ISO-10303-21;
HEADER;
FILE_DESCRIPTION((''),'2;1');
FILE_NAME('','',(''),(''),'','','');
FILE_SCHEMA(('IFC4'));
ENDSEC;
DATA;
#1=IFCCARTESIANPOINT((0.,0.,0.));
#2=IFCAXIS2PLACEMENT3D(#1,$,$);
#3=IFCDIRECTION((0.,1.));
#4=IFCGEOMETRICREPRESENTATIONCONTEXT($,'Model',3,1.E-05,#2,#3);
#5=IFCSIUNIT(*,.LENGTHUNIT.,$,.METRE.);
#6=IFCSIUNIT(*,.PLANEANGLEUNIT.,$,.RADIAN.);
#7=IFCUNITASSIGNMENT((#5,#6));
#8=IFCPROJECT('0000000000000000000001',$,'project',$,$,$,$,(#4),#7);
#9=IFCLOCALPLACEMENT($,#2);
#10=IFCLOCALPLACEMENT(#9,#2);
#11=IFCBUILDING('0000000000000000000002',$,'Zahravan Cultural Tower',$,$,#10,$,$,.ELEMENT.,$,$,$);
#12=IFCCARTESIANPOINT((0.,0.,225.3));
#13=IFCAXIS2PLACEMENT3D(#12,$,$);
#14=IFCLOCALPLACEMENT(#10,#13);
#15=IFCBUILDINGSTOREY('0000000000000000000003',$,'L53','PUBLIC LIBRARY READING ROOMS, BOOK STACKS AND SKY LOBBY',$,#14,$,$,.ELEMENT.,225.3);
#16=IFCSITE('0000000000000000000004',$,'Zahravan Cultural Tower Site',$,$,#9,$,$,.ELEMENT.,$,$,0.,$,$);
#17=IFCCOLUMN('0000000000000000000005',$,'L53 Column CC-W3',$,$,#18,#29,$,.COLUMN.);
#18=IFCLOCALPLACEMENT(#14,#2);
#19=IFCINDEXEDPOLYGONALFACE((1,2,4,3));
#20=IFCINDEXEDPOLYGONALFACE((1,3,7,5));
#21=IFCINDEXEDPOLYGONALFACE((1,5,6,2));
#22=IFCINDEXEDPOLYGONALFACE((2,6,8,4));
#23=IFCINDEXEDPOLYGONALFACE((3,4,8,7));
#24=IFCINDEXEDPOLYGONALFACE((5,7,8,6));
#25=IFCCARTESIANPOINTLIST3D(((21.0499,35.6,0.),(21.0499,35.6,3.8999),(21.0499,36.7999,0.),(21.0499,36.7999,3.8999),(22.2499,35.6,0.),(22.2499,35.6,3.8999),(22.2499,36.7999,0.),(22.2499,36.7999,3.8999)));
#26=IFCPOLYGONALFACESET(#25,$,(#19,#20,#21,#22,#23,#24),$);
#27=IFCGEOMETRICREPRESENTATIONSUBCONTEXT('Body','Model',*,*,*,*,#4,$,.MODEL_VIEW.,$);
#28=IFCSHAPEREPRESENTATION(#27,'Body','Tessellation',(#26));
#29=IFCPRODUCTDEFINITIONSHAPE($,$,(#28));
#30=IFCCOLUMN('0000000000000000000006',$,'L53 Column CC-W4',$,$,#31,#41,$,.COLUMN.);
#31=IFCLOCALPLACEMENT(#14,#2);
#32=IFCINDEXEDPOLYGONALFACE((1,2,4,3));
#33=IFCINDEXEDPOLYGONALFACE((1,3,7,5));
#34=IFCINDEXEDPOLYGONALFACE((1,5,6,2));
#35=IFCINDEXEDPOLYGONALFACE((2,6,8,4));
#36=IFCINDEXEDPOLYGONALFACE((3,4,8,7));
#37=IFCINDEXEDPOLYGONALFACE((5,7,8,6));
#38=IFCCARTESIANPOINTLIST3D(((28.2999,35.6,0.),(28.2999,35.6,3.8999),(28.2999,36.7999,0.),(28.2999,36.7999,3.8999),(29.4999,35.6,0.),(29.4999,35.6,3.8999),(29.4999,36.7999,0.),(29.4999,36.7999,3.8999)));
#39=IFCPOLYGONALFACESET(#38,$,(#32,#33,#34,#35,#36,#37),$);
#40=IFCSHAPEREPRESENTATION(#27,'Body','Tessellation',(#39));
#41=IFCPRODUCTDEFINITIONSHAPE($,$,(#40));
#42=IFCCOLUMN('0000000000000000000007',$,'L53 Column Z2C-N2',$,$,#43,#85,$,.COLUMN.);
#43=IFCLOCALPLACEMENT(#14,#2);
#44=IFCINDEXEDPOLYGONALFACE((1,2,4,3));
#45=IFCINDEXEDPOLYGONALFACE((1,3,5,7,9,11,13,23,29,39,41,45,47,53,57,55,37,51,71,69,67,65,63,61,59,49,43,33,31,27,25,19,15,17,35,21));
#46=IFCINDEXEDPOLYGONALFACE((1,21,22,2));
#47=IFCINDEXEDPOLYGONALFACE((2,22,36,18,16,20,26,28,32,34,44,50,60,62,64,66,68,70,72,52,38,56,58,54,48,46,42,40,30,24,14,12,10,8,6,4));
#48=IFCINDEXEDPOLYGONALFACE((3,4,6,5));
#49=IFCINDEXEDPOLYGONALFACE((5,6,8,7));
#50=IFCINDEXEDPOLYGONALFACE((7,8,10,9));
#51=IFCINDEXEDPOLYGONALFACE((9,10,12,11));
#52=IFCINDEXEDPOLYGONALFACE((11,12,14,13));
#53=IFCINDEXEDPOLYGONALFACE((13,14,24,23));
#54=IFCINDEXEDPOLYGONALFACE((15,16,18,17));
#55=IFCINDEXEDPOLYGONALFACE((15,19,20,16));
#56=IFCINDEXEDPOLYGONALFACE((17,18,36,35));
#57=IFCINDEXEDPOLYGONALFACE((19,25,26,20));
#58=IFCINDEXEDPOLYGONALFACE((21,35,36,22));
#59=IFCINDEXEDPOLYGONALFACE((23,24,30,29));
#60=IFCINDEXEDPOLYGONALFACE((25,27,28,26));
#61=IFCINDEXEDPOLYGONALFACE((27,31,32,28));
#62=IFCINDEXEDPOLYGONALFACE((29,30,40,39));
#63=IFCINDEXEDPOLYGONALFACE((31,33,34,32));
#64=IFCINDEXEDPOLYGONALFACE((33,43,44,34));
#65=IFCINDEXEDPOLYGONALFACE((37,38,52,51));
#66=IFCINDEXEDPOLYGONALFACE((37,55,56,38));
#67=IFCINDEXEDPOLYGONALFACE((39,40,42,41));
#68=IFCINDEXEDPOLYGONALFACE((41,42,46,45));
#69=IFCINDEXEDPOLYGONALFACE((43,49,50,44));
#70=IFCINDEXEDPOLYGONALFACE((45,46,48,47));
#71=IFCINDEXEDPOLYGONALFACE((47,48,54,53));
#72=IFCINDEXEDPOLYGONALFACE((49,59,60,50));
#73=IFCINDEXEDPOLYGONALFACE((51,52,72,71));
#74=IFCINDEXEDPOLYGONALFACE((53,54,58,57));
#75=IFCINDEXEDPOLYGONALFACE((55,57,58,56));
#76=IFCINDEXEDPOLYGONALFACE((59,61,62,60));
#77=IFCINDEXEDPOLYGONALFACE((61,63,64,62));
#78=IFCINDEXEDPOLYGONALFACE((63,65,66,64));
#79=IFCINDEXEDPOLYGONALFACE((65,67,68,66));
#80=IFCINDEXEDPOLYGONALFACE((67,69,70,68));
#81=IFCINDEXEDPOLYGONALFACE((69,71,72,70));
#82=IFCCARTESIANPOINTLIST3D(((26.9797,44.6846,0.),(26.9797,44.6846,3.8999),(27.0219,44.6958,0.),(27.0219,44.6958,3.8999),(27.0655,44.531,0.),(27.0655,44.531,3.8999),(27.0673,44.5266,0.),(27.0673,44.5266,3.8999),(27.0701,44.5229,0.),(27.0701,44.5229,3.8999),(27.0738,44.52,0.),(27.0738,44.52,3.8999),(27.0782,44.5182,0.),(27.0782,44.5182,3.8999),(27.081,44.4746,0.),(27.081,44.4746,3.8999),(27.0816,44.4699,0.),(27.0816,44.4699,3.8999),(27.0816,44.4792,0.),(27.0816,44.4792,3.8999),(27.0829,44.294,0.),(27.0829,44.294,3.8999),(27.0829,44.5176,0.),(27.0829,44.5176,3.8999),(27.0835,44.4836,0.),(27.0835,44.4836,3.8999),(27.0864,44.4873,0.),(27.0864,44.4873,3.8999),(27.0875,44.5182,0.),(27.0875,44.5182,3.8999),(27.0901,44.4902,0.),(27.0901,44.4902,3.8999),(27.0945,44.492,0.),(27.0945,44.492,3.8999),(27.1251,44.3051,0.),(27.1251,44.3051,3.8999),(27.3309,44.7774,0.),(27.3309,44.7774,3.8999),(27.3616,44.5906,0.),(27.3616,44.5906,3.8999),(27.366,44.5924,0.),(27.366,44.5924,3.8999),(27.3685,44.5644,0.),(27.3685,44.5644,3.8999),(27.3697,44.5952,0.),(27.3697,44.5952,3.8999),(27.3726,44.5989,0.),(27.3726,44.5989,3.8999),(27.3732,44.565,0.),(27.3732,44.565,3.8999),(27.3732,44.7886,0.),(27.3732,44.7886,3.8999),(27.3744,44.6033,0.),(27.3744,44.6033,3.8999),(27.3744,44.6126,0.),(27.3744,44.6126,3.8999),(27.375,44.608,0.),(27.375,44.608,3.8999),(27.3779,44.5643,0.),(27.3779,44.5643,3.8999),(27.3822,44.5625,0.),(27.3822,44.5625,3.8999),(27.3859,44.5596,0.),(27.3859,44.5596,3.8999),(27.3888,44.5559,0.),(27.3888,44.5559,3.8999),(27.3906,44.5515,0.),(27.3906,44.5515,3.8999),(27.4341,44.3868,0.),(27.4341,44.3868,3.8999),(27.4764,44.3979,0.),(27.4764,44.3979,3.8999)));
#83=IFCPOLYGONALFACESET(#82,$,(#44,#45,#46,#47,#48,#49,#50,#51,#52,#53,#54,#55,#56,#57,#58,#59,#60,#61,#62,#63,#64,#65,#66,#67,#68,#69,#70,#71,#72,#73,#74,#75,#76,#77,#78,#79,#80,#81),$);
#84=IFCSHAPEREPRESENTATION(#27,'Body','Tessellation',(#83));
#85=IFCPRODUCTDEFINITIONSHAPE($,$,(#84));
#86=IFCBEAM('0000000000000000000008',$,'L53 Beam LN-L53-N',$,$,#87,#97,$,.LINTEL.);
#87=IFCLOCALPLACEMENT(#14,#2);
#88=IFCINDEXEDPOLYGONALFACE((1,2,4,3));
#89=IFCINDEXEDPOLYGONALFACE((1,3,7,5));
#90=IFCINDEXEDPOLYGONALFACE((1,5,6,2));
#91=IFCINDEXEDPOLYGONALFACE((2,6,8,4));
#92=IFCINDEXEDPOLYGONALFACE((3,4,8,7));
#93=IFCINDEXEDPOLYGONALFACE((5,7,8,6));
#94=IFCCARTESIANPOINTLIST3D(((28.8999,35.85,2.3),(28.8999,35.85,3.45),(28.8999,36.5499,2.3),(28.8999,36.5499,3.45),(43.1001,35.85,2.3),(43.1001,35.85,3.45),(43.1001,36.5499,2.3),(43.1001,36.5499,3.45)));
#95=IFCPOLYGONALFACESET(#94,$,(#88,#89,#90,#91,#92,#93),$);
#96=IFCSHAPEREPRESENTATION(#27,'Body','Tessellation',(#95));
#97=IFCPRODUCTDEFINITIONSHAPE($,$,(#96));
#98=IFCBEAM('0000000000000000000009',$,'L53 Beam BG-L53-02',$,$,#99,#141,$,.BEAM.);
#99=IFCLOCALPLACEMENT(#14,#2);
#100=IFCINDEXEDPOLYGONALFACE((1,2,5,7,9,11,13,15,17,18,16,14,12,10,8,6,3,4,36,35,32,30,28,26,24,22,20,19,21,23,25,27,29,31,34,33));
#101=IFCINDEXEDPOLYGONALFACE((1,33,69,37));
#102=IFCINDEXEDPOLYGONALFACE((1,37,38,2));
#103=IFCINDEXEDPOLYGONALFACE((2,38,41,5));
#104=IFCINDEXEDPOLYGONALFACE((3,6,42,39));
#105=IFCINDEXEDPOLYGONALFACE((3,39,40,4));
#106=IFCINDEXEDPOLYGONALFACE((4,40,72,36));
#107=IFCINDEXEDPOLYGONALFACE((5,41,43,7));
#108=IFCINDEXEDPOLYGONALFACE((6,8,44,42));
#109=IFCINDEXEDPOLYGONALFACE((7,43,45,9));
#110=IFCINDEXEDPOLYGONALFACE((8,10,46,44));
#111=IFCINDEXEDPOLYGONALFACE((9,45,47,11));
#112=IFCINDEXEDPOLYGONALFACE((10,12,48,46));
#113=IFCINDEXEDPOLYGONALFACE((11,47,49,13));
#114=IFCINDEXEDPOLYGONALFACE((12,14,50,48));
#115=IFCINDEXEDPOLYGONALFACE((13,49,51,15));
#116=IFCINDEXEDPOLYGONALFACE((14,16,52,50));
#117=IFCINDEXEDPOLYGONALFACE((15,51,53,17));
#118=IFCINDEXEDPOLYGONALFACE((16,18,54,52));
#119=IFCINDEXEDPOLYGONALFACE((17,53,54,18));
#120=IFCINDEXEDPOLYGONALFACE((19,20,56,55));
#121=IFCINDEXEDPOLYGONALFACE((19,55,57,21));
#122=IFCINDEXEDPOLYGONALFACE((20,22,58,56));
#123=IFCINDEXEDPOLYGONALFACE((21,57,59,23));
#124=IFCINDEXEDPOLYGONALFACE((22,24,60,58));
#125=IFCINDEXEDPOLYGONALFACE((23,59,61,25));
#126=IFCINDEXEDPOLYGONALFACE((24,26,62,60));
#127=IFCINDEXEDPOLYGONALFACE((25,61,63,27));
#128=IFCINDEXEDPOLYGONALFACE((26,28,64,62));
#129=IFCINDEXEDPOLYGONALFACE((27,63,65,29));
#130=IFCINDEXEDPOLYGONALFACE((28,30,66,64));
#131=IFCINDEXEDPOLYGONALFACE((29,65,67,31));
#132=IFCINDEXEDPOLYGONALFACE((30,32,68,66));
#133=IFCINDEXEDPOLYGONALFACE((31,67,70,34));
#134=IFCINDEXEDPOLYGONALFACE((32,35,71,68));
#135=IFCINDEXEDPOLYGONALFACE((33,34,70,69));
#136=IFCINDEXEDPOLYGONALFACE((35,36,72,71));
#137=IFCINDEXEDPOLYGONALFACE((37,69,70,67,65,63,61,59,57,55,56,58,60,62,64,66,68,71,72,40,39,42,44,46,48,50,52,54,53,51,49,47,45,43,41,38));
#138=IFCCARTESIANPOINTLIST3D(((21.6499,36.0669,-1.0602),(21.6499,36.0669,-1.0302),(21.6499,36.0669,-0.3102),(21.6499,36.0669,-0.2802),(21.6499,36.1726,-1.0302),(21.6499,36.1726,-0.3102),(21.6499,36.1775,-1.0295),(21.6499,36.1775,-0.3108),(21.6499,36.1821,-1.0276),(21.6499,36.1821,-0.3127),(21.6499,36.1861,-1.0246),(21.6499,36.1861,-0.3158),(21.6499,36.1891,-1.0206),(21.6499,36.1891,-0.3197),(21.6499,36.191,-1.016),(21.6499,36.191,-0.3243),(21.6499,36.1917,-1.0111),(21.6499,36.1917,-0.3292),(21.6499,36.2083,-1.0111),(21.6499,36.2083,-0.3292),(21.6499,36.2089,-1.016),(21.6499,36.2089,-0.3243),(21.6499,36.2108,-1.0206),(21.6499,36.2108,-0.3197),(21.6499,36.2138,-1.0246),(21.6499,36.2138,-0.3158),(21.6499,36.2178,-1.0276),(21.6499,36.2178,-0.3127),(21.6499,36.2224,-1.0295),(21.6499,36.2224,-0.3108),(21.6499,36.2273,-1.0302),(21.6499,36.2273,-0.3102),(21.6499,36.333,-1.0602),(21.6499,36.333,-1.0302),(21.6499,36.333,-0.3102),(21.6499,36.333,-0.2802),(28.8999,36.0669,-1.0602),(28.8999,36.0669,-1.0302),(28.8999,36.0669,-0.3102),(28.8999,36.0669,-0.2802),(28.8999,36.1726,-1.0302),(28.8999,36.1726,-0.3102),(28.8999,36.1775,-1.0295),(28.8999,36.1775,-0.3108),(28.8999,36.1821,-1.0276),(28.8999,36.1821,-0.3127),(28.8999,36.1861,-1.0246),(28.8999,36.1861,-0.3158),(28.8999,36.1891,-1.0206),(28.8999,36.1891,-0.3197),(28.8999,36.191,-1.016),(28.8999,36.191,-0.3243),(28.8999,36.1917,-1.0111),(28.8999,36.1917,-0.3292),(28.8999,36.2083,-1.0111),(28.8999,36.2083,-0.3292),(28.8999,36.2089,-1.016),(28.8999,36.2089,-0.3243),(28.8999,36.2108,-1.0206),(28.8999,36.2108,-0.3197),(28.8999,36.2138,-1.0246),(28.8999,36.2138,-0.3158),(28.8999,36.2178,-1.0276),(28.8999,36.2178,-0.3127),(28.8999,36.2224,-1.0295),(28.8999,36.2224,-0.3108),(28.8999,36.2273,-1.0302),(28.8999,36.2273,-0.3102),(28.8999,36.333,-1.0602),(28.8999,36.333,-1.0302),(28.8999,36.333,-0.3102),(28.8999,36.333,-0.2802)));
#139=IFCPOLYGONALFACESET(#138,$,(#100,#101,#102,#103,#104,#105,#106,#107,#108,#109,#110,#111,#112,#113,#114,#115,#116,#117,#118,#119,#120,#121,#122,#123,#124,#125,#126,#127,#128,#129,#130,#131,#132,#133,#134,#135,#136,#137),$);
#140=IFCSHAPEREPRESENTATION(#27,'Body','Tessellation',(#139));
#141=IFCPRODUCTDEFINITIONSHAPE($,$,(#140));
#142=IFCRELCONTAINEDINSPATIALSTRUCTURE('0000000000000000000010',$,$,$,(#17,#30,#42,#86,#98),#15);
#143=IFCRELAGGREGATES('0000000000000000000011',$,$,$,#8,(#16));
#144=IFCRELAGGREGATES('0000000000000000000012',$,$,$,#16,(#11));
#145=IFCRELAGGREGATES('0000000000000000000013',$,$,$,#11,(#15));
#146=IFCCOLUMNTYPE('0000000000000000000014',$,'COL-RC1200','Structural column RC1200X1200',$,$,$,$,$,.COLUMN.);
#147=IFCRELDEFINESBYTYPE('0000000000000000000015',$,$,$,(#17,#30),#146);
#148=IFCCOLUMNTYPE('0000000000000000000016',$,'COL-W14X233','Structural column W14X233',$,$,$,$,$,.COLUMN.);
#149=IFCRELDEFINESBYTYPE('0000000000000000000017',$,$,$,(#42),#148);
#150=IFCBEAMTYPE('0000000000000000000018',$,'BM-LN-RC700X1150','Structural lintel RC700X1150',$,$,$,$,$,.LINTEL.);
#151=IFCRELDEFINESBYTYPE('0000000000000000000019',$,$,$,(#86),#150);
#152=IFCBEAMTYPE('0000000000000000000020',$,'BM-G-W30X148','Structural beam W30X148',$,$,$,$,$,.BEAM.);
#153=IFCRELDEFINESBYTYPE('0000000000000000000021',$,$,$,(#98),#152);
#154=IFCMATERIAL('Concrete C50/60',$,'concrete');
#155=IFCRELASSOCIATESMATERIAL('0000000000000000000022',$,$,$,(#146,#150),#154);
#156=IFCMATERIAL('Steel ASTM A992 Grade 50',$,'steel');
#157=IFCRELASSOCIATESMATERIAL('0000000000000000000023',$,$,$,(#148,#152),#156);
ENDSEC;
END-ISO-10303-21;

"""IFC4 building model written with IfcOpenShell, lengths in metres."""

from ifc_helpers import new_model, si_unit, direction, frame, origin, origin_2d, place, context, subcontext, project, spatial, rectangle, i_section, extrude, source, transform, mapped, material, material_profile, profile_set, type_object, element, save


model = new_model("IFC4")

# Units and contexts
model_context = context("Model", 3, precision=1e-05, world=origin(), true_north=direction((0.0, 1.0)))
body_context = subcontext(model_context, "Body", "Model", "MODEL_VIEW")
ifc_project = project(units=[si_unit("LENGTHUNIT", "METRE"), si_unit("PLANEANGLEUNIT", "RADIAN")], contexts=[model_context])

# Site, building, storey
site_placement = place(None, origin())
site = spatial("IfcSite", under=ifc_project, at=site_placement, Name="Zahravan Cultural Tower Site", CompositionType="ELEMENT", RefElevation=0.0)
building_placement = place(site_placement, origin())
building = spatial("IfcBuilding", under=site, at=building_placement, Name="Zahravan Cultural Tower", CompositionType="ELEMENT")
storey_placement = place(building_placement, frame((0.0, 0.0, 225.3)))
storey = spatial("IfcBuildingStorey", under=building, at=storey_placement, Name="L53", Description="PUBLIC LIBRARY READING ROOMS, BOOK STACKS AND SKY LOBBY", CompositionType="ELEMENT", Elevation=225.3)

# Columns
ifc_material_1 = material(Name="Concrete C50/60", Category="concrete")
ifc_material_profile_1 = material_profile(ifc_material_1, rectangle(XDim=1.2, YDim=1.2, at=origin_2d()), Name="RC1200X1200")
ifc_profile_set_1 = profile_set([ifc_material_profile_1], Name="Concrete C50/60")
column_type_1 = type_object("IfcColumnType", Name="COL-RC1200", Description="Structural column RC1200X1200", PredefinedType="COLUMN", material=ifc_profile_set_1)
shared_shape_1 = source(origin(), body_context, "Body", "SweptSolid", [
    extrude(rectangle(XDim=1.2, YDim=1.2, at=origin_2d()), origin(), (0.0, 0.0, 1.0), 3.8999),
])
for number, where, z_axis, x_axis, name in (
    (1, (21.6499, 36.2, 0.0), (0.0, 0.0, 1.0), (1.0, 0.0, 0.0), "L53 Column CC-W3"),
    (2, (28.8999, 36.2, 0.0), (0.0, 0.0, 1.0), (1.0, 0.0, 0.0), "L53 Column CC-W4"),
):
    element("IfcColumn", number, at=place(storey_placement, frame(where, z_axis=z_axis, x_axis=x_axis)), inside=storey, type_object=column_type_1, Name=name, PredefinedType="COLUMN", context=body_context, shape_type="MappedRepresentation", body=[
        mapped(shared_shape_1, transform((0.0, 0.0, 0.0), x_axis=(1.0, 0.0, 0.0), y_axis=(0.0, 1.0, 0.0), z_axis=(0.0, 0.0, 1.0), scale=1.0)),
    ])
ifc_material_2 = material(Name="Steel ASTM A992 Grade 50", Category="steel")
ifc_material_profile_2 = material_profile(ifc_material_2, i_section(OverallWidth=0.4041, OverallDepth=0.407, WebThickness=0.0271, FlangeThickness=0.0437, FilletRadius=0.0181, at=origin_2d()), Name="W14X233")
ifc_profile_set_2 = profile_set([ifc_material_profile_2], Name="Steel ASTM A992 Grade 50")
column_type_2 = type_object("IfcColumnType", Name="COL-W14X233", Description="Structural column W14X233", PredefinedType="COLUMN", material=ifc_profile_set_2)
shared_shape_2 = source(origin(), body_context, "Body", "SweptSolid", [
    extrude(i_section(OverallWidth=0.4041, OverallDepth=0.407, WebThickness=0.0271, FlangeThickness=0.0437, FilletRadius=0.0181, at=origin_2d()), origin(), (0.0, 0.0, 1.0), 3.8999),
])
column_placement = place(storey_placement, frame((27.228, 44.5413, 0.0), z_axis=(0.0, 0.0, 1.0), x_axis=(-0.255446, 0.966823, 0.0)))
element("IfcColumn", 3, at=column_placement, inside=storey, type_object=column_type_2, Name="L53 Column Z2C-N2", PredefinedType="COLUMN", context=body_context, shape_type="MappedRepresentation", body=[
    mapped(shared_shape_2, transform((0.0, 0.0, 0.0), x_axis=(1.0, 0.0, 0.0), y_axis=(0.0, 1.0, 0.0), z_axis=(0.0, 0.0, 1.0), scale=1.0)),
])

# Beams
ifc_material_profile_3 = material_profile(ifc_material_1, rectangle(XDim=0.7, YDim=1.1499, at=origin_2d()), Name="RC700X1150")
ifc_profile_set_3 = profile_set([ifc_material_profile_3], Name="Concrete C50/60")
beam_type_1 = type_object("IfcBeamType", Name="BM-LN-RC700X1150", Description="Structural lintel RC700X1150", PredefinedType="LINTEL", material=ifc_profile_set_3)
shared_shape_3 = source(origin(), body_context, "Body", "SweptSolid", [
    extrude(rectangle(XDim=0.7, YDim=1.1499, at=origin_2d()), origin(), (0.0, 0.0, 1.0), 14.2002),
])
beam_1_placement = place(storey_placement, frame((28.8999, 36.2, 2.875), z_axis=(1.0, 0.0, 0.0), x_axis=(0.0, 1.0, 0.0)))
element("IfcBeam", 4, at=beam_1_placement, inside=storey, type_object=beam_type_1, Name="L53 Beam LN-L53-N", PredefinedType="LINTEL", context=body_context, shape_type="MappedRepresentation", body=[
    mapped(shared_shape_3, transform((0.0, 0.0, 0.0), x_axis=(1.0, 0.0, 0.0), y_axis=(0.0, 1.0, 0.0), z_axis=(0.0, 0.0, 1.0), scale=1.0)),
])
ifc_material_profile_4 = material_profile(ifc_material_2, i_section(OverallWidth=0.2661, OverallDepth=0.78, WebThickness=0.0166, FlangeThickness=0.03, FilletRadius=0.019, at=origin_2d()), Name="W30X148")
ifc_profile_set_4 = profile_set([ifc_material_profile_4], Name="Steel ASTM A992 Grade 50")
beam_type_2 = type_object("IfcBeamType", Name="BM-G-W30X148", Description="Structural beam W30X148", PredefinedType="BEAM", material=ifc_profile_set_4)
shared_shape_4 = source(origin(), body_context, "Body", "SweptSolid", [
    extrude(i_section(OverallWidth=0.2661, OverallDepth=0.78, WebThickness=0.0166, FlangeThickness=0.03, FilletRadius=0.019, at=origin_2d()), origin(), (0.0, 0.0, 1.0), 7.25),
])
beam_2_placement = place(storey_placement, frame((21.6499, 36.2, -0.6702), z_axis=(1.0, 0.0, 0.0), x_axis=(0.0, 1.0, 0.0)))
element("IfcBeam", 5, at=beam_2_placement, inside=storey, type_object=beam_type_2, Name="L53 Beam BG-L53-02", PredefinedType="BEAM", context=body_context, shape_type="MappedRepresentation", body=[
    mapped(shared_shape_4, transform((0.0, 0.0, 0.0), x_axis=(1.0, 0.0, 0.0), y_axis=(0.0, 1.0, 0.0), z_axis=(0.0, 0.0, 1.0), scale=1.0)),
])

save(model, "model.ifc")
